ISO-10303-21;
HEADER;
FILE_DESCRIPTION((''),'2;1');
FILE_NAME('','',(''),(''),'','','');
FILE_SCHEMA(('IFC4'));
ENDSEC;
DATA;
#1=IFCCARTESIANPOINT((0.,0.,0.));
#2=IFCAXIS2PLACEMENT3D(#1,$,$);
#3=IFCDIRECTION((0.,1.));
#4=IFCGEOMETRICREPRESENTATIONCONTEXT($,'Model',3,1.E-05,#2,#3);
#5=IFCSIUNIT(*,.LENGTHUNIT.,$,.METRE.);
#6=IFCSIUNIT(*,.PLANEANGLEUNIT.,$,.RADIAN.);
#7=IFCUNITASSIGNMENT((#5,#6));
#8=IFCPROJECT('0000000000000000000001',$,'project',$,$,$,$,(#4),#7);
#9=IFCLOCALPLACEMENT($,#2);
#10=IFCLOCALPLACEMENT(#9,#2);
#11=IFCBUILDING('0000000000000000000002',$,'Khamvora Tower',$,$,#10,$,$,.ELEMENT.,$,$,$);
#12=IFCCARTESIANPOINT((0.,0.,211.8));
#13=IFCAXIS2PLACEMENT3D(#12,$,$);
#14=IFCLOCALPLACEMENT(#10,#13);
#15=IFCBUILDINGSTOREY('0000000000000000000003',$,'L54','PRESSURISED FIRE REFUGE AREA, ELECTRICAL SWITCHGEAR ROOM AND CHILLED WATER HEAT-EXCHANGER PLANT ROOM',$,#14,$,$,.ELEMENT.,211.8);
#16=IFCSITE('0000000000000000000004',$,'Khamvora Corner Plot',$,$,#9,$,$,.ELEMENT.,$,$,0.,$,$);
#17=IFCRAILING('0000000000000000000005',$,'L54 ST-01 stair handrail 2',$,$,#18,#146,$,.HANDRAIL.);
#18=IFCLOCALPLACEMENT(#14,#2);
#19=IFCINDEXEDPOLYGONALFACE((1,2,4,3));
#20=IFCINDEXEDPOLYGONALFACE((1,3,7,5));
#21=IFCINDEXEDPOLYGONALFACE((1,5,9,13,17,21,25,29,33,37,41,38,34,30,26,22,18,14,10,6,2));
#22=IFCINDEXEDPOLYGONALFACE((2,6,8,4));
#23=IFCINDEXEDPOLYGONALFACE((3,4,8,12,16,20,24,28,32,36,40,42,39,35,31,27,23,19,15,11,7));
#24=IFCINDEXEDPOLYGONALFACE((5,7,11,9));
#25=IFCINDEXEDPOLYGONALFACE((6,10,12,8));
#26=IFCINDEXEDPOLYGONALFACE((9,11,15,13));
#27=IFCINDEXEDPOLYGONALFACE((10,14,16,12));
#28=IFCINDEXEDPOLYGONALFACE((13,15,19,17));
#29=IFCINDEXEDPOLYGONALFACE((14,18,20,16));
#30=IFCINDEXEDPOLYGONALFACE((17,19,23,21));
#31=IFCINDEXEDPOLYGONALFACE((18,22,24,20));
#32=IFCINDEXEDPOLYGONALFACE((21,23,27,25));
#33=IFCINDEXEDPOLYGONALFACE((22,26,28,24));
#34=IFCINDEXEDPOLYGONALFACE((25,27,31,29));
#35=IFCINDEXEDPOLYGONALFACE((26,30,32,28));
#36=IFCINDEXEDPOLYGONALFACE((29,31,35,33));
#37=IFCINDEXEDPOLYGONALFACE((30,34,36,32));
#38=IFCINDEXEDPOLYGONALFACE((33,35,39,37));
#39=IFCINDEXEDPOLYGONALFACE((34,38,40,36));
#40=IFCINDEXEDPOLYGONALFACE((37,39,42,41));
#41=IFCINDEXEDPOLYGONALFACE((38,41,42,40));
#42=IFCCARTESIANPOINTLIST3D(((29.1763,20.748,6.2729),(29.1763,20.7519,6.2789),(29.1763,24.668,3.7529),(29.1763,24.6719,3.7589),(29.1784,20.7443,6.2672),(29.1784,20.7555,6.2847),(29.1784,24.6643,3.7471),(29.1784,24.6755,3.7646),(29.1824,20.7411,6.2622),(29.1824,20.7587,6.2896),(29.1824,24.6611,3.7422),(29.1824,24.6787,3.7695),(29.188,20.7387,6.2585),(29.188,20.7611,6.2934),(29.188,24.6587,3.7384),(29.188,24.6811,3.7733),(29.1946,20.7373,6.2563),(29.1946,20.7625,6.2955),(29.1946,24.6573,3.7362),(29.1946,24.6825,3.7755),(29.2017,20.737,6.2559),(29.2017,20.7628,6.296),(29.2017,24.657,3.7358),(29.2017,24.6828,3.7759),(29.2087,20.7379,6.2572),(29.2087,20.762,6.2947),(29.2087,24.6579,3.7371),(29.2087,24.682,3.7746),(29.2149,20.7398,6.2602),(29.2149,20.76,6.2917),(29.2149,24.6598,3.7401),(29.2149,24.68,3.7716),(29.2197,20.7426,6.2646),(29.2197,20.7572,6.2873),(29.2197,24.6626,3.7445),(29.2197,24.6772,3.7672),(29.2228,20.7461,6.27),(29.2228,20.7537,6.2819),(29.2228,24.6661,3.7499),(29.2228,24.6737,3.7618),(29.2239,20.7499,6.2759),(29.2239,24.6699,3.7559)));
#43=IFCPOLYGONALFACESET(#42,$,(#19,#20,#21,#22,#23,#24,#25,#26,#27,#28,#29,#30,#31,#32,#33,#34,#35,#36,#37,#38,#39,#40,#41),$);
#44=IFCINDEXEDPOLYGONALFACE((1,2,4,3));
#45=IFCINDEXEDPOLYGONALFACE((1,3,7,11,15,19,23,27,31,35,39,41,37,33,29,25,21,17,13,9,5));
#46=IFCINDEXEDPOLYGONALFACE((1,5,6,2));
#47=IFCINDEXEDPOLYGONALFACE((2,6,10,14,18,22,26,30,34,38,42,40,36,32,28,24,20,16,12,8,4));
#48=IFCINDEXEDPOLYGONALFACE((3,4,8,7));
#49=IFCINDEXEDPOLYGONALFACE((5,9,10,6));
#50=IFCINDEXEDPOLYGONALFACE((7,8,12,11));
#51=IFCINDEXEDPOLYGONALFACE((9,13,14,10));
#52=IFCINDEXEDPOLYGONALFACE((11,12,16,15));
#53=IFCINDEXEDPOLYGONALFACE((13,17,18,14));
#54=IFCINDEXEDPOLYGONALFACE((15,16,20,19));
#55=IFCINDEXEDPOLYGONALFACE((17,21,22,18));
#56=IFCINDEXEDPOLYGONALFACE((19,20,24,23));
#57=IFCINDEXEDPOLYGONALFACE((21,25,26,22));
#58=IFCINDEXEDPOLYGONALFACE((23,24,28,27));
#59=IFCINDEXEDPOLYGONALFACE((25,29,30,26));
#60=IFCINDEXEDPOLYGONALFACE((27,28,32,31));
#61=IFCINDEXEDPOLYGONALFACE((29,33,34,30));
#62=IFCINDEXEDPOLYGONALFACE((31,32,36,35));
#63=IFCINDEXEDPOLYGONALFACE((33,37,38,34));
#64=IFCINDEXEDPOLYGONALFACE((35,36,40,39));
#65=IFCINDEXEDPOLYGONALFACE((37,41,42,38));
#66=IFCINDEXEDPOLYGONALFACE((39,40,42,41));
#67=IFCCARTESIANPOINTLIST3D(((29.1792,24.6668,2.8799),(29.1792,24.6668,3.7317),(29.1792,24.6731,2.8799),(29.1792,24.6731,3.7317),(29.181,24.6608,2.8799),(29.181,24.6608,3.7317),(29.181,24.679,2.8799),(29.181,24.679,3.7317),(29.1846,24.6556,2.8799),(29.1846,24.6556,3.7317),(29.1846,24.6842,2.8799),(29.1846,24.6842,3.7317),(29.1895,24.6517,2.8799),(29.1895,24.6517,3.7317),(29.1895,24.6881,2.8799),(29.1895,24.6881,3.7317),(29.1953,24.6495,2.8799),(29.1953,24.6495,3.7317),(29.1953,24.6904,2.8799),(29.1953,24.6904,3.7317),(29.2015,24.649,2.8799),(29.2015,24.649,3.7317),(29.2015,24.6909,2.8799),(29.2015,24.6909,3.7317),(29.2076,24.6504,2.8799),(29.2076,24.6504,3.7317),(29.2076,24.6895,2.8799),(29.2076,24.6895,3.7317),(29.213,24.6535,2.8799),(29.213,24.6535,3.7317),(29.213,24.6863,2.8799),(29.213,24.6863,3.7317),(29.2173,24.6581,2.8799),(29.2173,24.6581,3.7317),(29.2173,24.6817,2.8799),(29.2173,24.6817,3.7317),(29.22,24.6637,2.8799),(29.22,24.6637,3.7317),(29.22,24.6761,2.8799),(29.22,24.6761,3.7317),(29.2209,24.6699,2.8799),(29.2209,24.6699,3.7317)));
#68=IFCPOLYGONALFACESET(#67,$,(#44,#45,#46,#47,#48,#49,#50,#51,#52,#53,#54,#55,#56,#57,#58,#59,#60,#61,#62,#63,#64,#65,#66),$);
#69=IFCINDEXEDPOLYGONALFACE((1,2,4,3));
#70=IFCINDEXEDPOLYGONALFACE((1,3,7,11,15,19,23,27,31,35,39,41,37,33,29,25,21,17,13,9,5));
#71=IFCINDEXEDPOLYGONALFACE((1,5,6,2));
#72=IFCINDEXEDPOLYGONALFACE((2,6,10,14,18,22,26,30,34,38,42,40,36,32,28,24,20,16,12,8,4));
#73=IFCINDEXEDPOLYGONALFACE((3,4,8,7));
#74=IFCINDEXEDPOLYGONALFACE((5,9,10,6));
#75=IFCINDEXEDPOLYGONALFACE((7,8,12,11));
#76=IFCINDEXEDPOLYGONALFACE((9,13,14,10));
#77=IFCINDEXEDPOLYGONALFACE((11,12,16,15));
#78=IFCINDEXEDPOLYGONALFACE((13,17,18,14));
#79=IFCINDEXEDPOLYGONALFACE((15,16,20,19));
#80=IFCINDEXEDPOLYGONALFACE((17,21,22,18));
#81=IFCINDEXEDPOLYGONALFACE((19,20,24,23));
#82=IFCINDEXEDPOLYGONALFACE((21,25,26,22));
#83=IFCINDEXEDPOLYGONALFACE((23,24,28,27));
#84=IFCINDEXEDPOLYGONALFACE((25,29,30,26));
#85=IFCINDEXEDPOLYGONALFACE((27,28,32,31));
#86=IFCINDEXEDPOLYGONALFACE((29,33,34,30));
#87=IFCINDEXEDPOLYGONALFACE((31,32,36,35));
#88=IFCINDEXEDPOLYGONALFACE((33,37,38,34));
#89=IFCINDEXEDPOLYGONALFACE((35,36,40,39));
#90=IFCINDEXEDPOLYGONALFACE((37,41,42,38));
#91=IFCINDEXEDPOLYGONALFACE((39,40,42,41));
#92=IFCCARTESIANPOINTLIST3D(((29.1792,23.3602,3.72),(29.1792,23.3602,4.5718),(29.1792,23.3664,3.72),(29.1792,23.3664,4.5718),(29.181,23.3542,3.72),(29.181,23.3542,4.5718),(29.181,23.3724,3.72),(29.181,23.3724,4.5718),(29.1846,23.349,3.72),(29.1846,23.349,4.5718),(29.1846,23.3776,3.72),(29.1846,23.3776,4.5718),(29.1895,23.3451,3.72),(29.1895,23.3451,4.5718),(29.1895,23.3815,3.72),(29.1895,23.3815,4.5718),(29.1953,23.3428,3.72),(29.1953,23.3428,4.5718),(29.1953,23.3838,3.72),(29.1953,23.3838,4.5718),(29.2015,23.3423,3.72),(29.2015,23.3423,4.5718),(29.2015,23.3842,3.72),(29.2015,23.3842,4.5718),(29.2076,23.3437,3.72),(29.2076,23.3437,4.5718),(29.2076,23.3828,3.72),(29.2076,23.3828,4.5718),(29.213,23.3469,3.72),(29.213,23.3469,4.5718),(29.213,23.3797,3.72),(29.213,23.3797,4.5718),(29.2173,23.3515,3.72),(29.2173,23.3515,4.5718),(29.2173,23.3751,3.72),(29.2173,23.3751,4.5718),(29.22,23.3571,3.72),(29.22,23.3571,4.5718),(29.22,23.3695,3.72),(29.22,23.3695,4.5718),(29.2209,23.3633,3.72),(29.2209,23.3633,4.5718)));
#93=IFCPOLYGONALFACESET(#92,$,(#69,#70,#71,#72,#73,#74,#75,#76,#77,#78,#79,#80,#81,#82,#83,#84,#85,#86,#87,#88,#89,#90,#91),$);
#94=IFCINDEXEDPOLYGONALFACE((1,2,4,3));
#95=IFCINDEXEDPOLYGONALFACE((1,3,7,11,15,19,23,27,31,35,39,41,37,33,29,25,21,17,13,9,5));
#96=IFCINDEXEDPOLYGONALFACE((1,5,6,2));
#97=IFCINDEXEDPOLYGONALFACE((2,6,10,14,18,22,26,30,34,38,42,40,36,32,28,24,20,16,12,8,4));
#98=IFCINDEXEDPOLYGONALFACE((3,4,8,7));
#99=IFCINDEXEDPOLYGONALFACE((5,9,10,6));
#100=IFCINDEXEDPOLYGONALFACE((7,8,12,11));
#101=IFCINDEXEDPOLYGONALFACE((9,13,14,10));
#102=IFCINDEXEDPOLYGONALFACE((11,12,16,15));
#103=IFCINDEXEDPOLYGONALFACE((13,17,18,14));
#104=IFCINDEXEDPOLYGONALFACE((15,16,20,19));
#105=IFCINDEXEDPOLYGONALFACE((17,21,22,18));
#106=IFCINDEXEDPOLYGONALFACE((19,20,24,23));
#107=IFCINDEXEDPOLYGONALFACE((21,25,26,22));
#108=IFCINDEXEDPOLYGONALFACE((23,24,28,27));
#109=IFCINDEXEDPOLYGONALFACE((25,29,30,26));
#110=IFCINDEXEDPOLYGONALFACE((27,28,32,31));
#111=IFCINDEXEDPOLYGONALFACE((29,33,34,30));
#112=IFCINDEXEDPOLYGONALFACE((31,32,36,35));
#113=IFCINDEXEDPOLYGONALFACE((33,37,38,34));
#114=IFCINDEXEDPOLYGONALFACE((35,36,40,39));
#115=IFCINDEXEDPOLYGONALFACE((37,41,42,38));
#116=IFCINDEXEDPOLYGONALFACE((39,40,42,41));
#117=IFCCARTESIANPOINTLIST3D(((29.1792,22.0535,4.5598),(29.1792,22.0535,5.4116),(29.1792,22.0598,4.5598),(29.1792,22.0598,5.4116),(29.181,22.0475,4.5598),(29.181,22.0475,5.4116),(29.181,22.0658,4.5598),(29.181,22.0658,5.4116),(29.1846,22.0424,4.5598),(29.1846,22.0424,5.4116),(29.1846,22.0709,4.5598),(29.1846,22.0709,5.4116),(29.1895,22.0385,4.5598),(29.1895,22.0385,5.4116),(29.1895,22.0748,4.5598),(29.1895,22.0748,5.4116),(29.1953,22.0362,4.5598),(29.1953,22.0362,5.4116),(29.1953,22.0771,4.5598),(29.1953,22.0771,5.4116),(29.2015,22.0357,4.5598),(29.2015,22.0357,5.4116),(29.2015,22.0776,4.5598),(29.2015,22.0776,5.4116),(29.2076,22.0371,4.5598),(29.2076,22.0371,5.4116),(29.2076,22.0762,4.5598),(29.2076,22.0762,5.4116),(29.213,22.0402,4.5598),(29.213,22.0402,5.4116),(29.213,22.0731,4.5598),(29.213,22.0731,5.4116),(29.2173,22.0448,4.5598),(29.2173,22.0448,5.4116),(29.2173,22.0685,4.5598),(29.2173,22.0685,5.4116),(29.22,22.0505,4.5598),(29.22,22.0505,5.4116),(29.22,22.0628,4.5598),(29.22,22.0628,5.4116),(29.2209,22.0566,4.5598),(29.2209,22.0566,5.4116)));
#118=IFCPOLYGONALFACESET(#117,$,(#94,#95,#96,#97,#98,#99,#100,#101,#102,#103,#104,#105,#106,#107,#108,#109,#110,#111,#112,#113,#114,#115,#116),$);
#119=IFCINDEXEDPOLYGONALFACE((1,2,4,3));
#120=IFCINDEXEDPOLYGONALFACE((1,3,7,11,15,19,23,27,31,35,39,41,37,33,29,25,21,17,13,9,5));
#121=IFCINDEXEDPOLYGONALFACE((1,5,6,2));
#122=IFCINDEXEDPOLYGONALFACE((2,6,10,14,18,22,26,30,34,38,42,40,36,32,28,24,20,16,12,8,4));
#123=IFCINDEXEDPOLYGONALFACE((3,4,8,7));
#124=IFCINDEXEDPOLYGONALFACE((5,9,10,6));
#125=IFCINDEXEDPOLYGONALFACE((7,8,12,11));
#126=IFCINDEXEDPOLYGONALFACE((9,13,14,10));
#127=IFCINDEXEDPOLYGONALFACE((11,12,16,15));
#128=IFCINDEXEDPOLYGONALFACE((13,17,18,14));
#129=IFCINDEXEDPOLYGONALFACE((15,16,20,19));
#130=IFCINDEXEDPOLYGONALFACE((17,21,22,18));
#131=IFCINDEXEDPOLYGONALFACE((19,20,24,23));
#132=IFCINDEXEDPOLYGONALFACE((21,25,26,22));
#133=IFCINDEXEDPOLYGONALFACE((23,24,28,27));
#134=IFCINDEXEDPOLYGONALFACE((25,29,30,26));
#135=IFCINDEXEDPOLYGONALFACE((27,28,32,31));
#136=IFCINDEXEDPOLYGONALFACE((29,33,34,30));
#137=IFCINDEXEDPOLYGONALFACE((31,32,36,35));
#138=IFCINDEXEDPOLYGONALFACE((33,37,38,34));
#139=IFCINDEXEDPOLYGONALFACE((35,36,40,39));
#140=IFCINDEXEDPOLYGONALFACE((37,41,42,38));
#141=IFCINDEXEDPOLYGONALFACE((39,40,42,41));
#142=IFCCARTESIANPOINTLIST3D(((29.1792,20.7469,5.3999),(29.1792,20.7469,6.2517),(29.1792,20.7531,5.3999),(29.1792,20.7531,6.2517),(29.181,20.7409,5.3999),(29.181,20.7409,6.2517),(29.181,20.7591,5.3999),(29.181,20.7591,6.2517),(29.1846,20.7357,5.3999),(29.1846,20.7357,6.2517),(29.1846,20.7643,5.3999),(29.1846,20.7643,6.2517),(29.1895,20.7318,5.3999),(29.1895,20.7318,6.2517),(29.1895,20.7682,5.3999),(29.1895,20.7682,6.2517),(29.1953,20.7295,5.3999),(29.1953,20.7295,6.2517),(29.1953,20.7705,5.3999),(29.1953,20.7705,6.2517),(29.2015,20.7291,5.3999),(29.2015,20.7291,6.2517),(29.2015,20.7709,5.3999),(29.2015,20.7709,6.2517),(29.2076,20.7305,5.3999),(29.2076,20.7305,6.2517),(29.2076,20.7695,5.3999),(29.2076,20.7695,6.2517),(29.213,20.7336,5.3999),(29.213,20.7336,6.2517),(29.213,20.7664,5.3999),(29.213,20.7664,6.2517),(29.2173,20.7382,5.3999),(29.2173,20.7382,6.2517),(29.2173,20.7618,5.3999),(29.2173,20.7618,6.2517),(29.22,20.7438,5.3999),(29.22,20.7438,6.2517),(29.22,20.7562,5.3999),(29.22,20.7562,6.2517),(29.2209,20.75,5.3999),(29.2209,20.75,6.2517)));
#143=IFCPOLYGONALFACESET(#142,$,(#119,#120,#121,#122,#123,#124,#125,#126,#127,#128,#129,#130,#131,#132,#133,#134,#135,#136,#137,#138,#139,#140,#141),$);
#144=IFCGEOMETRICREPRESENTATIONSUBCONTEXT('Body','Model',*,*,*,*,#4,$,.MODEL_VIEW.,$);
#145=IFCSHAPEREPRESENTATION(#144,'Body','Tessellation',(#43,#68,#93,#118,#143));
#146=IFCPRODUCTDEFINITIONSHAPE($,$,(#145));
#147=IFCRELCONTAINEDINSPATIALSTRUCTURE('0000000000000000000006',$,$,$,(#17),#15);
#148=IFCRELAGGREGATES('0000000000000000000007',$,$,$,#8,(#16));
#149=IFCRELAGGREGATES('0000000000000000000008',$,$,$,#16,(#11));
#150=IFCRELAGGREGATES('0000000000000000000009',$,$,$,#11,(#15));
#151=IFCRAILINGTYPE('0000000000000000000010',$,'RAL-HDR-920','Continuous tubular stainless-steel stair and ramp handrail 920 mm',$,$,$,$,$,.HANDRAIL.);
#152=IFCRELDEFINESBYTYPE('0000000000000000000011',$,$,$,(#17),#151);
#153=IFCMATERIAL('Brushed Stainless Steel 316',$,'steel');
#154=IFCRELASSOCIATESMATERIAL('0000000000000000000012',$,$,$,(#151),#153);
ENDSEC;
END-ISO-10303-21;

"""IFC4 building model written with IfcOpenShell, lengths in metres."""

from ifc_helpers import new_model, si_unit, direction, frame, origin, origin_2d, place, context, subcontext, project, spatial, circle, extrude, material, type_object, element, save


model = new_model("IFC4")

# Units and contexts
model_context = context("Model", 3, precision=1e-05, world=origin(), true_north=direction((0.0, 1.0)))
body_context = subcontext(model_context, "Body", "Model", "MODEL_VIEW")
ifc_project = project(units=[si_unit("LENGTHUNIT", "METRE"), si_unit("PLANEANGLEUNIT", "RADIAN")], contexts=[model_context])

# Site, building, storey
site_placement = place(None, origin())
site = spatial("IfcSite", under=ifc_project, at=site_placement, Name="Khamvora Corner Plot", CompositionType="ELEMENT", RefElevation=0.0)
building_placement = place(site_placement, origin())
building = spatial("IfcBuilding", under=site, at=building_placement, Name="Khamvora Tower", CompositionType="ELEMENT")
storey_placement = place(building_placement, frame((0.0, 0.0, 211.8)))
storey = spatial("IfcBuildingStorey", under=building, at=storey_placement, Name="L54", Description="PRESSURISED FIRE REFUGE AREA, ELECTRICAL SWITCHGEAR ROOM AND CHILLED WATER HEAT-EXCHANGER PLANT ROOM", CompositionType="ELEMENT", Elevation=211.8)

# Railing
ifc_material_1 = material(Name="Brushed Stainless Steel 316", Category="steel")
railing_type_1 = type_object("IfcRailingType", Name="RAL-HDR-920", Description="Continuous tubular stainless-steel stair and ramp handrail 920 mm", PredefinedType="HANDRAIL", material=ifc_material_1)
railing_1_placement = place(storey_placement, frame((29.2, 24.6699, 2.8799)))
element("IfcRailing", 1, at=railing_1_placement, inside=storey, type_object=railing_type_1, Name="L54 ST-01 stair handrail 2", PredefinedType="HANDRAIL", context=body_context, shape_type="SweptSolid", body=[
    extrude(circle(Radius=0.0239, at=origin_2d()), frame((0.0, 0.0, 0.876), z_axis=(0.0, -0.841172, 0.540768), x_axis=(1.0, 0.0, 0.0)), (0.0, 0.0, 1.0), 4.6602),
    extrude(circle(Radius=0.021, at=origin_2d()), origin(), (0.0, 0.0, 1.0), 0.8518),
    extrude(circle(Radius=0.021, at=origin_2d()), frame((0.0, -1.3066, 0.8401)), (0.0, 0.0, 1.0), 0.8518),
    extrude(circle(Radius=0.021, at=origin_2d()), frame((0.0, -2.6133, 1.6799)), (0.0, 0.0, 1.0), 0.8518),
    extrude(circle(Radius=0.021, at=origin_2d()), frame((0.0, -3.9199, 2.52)), (0.0, 0.0, 1.0), 0.8518),
])

save(model, "model.ifc")
